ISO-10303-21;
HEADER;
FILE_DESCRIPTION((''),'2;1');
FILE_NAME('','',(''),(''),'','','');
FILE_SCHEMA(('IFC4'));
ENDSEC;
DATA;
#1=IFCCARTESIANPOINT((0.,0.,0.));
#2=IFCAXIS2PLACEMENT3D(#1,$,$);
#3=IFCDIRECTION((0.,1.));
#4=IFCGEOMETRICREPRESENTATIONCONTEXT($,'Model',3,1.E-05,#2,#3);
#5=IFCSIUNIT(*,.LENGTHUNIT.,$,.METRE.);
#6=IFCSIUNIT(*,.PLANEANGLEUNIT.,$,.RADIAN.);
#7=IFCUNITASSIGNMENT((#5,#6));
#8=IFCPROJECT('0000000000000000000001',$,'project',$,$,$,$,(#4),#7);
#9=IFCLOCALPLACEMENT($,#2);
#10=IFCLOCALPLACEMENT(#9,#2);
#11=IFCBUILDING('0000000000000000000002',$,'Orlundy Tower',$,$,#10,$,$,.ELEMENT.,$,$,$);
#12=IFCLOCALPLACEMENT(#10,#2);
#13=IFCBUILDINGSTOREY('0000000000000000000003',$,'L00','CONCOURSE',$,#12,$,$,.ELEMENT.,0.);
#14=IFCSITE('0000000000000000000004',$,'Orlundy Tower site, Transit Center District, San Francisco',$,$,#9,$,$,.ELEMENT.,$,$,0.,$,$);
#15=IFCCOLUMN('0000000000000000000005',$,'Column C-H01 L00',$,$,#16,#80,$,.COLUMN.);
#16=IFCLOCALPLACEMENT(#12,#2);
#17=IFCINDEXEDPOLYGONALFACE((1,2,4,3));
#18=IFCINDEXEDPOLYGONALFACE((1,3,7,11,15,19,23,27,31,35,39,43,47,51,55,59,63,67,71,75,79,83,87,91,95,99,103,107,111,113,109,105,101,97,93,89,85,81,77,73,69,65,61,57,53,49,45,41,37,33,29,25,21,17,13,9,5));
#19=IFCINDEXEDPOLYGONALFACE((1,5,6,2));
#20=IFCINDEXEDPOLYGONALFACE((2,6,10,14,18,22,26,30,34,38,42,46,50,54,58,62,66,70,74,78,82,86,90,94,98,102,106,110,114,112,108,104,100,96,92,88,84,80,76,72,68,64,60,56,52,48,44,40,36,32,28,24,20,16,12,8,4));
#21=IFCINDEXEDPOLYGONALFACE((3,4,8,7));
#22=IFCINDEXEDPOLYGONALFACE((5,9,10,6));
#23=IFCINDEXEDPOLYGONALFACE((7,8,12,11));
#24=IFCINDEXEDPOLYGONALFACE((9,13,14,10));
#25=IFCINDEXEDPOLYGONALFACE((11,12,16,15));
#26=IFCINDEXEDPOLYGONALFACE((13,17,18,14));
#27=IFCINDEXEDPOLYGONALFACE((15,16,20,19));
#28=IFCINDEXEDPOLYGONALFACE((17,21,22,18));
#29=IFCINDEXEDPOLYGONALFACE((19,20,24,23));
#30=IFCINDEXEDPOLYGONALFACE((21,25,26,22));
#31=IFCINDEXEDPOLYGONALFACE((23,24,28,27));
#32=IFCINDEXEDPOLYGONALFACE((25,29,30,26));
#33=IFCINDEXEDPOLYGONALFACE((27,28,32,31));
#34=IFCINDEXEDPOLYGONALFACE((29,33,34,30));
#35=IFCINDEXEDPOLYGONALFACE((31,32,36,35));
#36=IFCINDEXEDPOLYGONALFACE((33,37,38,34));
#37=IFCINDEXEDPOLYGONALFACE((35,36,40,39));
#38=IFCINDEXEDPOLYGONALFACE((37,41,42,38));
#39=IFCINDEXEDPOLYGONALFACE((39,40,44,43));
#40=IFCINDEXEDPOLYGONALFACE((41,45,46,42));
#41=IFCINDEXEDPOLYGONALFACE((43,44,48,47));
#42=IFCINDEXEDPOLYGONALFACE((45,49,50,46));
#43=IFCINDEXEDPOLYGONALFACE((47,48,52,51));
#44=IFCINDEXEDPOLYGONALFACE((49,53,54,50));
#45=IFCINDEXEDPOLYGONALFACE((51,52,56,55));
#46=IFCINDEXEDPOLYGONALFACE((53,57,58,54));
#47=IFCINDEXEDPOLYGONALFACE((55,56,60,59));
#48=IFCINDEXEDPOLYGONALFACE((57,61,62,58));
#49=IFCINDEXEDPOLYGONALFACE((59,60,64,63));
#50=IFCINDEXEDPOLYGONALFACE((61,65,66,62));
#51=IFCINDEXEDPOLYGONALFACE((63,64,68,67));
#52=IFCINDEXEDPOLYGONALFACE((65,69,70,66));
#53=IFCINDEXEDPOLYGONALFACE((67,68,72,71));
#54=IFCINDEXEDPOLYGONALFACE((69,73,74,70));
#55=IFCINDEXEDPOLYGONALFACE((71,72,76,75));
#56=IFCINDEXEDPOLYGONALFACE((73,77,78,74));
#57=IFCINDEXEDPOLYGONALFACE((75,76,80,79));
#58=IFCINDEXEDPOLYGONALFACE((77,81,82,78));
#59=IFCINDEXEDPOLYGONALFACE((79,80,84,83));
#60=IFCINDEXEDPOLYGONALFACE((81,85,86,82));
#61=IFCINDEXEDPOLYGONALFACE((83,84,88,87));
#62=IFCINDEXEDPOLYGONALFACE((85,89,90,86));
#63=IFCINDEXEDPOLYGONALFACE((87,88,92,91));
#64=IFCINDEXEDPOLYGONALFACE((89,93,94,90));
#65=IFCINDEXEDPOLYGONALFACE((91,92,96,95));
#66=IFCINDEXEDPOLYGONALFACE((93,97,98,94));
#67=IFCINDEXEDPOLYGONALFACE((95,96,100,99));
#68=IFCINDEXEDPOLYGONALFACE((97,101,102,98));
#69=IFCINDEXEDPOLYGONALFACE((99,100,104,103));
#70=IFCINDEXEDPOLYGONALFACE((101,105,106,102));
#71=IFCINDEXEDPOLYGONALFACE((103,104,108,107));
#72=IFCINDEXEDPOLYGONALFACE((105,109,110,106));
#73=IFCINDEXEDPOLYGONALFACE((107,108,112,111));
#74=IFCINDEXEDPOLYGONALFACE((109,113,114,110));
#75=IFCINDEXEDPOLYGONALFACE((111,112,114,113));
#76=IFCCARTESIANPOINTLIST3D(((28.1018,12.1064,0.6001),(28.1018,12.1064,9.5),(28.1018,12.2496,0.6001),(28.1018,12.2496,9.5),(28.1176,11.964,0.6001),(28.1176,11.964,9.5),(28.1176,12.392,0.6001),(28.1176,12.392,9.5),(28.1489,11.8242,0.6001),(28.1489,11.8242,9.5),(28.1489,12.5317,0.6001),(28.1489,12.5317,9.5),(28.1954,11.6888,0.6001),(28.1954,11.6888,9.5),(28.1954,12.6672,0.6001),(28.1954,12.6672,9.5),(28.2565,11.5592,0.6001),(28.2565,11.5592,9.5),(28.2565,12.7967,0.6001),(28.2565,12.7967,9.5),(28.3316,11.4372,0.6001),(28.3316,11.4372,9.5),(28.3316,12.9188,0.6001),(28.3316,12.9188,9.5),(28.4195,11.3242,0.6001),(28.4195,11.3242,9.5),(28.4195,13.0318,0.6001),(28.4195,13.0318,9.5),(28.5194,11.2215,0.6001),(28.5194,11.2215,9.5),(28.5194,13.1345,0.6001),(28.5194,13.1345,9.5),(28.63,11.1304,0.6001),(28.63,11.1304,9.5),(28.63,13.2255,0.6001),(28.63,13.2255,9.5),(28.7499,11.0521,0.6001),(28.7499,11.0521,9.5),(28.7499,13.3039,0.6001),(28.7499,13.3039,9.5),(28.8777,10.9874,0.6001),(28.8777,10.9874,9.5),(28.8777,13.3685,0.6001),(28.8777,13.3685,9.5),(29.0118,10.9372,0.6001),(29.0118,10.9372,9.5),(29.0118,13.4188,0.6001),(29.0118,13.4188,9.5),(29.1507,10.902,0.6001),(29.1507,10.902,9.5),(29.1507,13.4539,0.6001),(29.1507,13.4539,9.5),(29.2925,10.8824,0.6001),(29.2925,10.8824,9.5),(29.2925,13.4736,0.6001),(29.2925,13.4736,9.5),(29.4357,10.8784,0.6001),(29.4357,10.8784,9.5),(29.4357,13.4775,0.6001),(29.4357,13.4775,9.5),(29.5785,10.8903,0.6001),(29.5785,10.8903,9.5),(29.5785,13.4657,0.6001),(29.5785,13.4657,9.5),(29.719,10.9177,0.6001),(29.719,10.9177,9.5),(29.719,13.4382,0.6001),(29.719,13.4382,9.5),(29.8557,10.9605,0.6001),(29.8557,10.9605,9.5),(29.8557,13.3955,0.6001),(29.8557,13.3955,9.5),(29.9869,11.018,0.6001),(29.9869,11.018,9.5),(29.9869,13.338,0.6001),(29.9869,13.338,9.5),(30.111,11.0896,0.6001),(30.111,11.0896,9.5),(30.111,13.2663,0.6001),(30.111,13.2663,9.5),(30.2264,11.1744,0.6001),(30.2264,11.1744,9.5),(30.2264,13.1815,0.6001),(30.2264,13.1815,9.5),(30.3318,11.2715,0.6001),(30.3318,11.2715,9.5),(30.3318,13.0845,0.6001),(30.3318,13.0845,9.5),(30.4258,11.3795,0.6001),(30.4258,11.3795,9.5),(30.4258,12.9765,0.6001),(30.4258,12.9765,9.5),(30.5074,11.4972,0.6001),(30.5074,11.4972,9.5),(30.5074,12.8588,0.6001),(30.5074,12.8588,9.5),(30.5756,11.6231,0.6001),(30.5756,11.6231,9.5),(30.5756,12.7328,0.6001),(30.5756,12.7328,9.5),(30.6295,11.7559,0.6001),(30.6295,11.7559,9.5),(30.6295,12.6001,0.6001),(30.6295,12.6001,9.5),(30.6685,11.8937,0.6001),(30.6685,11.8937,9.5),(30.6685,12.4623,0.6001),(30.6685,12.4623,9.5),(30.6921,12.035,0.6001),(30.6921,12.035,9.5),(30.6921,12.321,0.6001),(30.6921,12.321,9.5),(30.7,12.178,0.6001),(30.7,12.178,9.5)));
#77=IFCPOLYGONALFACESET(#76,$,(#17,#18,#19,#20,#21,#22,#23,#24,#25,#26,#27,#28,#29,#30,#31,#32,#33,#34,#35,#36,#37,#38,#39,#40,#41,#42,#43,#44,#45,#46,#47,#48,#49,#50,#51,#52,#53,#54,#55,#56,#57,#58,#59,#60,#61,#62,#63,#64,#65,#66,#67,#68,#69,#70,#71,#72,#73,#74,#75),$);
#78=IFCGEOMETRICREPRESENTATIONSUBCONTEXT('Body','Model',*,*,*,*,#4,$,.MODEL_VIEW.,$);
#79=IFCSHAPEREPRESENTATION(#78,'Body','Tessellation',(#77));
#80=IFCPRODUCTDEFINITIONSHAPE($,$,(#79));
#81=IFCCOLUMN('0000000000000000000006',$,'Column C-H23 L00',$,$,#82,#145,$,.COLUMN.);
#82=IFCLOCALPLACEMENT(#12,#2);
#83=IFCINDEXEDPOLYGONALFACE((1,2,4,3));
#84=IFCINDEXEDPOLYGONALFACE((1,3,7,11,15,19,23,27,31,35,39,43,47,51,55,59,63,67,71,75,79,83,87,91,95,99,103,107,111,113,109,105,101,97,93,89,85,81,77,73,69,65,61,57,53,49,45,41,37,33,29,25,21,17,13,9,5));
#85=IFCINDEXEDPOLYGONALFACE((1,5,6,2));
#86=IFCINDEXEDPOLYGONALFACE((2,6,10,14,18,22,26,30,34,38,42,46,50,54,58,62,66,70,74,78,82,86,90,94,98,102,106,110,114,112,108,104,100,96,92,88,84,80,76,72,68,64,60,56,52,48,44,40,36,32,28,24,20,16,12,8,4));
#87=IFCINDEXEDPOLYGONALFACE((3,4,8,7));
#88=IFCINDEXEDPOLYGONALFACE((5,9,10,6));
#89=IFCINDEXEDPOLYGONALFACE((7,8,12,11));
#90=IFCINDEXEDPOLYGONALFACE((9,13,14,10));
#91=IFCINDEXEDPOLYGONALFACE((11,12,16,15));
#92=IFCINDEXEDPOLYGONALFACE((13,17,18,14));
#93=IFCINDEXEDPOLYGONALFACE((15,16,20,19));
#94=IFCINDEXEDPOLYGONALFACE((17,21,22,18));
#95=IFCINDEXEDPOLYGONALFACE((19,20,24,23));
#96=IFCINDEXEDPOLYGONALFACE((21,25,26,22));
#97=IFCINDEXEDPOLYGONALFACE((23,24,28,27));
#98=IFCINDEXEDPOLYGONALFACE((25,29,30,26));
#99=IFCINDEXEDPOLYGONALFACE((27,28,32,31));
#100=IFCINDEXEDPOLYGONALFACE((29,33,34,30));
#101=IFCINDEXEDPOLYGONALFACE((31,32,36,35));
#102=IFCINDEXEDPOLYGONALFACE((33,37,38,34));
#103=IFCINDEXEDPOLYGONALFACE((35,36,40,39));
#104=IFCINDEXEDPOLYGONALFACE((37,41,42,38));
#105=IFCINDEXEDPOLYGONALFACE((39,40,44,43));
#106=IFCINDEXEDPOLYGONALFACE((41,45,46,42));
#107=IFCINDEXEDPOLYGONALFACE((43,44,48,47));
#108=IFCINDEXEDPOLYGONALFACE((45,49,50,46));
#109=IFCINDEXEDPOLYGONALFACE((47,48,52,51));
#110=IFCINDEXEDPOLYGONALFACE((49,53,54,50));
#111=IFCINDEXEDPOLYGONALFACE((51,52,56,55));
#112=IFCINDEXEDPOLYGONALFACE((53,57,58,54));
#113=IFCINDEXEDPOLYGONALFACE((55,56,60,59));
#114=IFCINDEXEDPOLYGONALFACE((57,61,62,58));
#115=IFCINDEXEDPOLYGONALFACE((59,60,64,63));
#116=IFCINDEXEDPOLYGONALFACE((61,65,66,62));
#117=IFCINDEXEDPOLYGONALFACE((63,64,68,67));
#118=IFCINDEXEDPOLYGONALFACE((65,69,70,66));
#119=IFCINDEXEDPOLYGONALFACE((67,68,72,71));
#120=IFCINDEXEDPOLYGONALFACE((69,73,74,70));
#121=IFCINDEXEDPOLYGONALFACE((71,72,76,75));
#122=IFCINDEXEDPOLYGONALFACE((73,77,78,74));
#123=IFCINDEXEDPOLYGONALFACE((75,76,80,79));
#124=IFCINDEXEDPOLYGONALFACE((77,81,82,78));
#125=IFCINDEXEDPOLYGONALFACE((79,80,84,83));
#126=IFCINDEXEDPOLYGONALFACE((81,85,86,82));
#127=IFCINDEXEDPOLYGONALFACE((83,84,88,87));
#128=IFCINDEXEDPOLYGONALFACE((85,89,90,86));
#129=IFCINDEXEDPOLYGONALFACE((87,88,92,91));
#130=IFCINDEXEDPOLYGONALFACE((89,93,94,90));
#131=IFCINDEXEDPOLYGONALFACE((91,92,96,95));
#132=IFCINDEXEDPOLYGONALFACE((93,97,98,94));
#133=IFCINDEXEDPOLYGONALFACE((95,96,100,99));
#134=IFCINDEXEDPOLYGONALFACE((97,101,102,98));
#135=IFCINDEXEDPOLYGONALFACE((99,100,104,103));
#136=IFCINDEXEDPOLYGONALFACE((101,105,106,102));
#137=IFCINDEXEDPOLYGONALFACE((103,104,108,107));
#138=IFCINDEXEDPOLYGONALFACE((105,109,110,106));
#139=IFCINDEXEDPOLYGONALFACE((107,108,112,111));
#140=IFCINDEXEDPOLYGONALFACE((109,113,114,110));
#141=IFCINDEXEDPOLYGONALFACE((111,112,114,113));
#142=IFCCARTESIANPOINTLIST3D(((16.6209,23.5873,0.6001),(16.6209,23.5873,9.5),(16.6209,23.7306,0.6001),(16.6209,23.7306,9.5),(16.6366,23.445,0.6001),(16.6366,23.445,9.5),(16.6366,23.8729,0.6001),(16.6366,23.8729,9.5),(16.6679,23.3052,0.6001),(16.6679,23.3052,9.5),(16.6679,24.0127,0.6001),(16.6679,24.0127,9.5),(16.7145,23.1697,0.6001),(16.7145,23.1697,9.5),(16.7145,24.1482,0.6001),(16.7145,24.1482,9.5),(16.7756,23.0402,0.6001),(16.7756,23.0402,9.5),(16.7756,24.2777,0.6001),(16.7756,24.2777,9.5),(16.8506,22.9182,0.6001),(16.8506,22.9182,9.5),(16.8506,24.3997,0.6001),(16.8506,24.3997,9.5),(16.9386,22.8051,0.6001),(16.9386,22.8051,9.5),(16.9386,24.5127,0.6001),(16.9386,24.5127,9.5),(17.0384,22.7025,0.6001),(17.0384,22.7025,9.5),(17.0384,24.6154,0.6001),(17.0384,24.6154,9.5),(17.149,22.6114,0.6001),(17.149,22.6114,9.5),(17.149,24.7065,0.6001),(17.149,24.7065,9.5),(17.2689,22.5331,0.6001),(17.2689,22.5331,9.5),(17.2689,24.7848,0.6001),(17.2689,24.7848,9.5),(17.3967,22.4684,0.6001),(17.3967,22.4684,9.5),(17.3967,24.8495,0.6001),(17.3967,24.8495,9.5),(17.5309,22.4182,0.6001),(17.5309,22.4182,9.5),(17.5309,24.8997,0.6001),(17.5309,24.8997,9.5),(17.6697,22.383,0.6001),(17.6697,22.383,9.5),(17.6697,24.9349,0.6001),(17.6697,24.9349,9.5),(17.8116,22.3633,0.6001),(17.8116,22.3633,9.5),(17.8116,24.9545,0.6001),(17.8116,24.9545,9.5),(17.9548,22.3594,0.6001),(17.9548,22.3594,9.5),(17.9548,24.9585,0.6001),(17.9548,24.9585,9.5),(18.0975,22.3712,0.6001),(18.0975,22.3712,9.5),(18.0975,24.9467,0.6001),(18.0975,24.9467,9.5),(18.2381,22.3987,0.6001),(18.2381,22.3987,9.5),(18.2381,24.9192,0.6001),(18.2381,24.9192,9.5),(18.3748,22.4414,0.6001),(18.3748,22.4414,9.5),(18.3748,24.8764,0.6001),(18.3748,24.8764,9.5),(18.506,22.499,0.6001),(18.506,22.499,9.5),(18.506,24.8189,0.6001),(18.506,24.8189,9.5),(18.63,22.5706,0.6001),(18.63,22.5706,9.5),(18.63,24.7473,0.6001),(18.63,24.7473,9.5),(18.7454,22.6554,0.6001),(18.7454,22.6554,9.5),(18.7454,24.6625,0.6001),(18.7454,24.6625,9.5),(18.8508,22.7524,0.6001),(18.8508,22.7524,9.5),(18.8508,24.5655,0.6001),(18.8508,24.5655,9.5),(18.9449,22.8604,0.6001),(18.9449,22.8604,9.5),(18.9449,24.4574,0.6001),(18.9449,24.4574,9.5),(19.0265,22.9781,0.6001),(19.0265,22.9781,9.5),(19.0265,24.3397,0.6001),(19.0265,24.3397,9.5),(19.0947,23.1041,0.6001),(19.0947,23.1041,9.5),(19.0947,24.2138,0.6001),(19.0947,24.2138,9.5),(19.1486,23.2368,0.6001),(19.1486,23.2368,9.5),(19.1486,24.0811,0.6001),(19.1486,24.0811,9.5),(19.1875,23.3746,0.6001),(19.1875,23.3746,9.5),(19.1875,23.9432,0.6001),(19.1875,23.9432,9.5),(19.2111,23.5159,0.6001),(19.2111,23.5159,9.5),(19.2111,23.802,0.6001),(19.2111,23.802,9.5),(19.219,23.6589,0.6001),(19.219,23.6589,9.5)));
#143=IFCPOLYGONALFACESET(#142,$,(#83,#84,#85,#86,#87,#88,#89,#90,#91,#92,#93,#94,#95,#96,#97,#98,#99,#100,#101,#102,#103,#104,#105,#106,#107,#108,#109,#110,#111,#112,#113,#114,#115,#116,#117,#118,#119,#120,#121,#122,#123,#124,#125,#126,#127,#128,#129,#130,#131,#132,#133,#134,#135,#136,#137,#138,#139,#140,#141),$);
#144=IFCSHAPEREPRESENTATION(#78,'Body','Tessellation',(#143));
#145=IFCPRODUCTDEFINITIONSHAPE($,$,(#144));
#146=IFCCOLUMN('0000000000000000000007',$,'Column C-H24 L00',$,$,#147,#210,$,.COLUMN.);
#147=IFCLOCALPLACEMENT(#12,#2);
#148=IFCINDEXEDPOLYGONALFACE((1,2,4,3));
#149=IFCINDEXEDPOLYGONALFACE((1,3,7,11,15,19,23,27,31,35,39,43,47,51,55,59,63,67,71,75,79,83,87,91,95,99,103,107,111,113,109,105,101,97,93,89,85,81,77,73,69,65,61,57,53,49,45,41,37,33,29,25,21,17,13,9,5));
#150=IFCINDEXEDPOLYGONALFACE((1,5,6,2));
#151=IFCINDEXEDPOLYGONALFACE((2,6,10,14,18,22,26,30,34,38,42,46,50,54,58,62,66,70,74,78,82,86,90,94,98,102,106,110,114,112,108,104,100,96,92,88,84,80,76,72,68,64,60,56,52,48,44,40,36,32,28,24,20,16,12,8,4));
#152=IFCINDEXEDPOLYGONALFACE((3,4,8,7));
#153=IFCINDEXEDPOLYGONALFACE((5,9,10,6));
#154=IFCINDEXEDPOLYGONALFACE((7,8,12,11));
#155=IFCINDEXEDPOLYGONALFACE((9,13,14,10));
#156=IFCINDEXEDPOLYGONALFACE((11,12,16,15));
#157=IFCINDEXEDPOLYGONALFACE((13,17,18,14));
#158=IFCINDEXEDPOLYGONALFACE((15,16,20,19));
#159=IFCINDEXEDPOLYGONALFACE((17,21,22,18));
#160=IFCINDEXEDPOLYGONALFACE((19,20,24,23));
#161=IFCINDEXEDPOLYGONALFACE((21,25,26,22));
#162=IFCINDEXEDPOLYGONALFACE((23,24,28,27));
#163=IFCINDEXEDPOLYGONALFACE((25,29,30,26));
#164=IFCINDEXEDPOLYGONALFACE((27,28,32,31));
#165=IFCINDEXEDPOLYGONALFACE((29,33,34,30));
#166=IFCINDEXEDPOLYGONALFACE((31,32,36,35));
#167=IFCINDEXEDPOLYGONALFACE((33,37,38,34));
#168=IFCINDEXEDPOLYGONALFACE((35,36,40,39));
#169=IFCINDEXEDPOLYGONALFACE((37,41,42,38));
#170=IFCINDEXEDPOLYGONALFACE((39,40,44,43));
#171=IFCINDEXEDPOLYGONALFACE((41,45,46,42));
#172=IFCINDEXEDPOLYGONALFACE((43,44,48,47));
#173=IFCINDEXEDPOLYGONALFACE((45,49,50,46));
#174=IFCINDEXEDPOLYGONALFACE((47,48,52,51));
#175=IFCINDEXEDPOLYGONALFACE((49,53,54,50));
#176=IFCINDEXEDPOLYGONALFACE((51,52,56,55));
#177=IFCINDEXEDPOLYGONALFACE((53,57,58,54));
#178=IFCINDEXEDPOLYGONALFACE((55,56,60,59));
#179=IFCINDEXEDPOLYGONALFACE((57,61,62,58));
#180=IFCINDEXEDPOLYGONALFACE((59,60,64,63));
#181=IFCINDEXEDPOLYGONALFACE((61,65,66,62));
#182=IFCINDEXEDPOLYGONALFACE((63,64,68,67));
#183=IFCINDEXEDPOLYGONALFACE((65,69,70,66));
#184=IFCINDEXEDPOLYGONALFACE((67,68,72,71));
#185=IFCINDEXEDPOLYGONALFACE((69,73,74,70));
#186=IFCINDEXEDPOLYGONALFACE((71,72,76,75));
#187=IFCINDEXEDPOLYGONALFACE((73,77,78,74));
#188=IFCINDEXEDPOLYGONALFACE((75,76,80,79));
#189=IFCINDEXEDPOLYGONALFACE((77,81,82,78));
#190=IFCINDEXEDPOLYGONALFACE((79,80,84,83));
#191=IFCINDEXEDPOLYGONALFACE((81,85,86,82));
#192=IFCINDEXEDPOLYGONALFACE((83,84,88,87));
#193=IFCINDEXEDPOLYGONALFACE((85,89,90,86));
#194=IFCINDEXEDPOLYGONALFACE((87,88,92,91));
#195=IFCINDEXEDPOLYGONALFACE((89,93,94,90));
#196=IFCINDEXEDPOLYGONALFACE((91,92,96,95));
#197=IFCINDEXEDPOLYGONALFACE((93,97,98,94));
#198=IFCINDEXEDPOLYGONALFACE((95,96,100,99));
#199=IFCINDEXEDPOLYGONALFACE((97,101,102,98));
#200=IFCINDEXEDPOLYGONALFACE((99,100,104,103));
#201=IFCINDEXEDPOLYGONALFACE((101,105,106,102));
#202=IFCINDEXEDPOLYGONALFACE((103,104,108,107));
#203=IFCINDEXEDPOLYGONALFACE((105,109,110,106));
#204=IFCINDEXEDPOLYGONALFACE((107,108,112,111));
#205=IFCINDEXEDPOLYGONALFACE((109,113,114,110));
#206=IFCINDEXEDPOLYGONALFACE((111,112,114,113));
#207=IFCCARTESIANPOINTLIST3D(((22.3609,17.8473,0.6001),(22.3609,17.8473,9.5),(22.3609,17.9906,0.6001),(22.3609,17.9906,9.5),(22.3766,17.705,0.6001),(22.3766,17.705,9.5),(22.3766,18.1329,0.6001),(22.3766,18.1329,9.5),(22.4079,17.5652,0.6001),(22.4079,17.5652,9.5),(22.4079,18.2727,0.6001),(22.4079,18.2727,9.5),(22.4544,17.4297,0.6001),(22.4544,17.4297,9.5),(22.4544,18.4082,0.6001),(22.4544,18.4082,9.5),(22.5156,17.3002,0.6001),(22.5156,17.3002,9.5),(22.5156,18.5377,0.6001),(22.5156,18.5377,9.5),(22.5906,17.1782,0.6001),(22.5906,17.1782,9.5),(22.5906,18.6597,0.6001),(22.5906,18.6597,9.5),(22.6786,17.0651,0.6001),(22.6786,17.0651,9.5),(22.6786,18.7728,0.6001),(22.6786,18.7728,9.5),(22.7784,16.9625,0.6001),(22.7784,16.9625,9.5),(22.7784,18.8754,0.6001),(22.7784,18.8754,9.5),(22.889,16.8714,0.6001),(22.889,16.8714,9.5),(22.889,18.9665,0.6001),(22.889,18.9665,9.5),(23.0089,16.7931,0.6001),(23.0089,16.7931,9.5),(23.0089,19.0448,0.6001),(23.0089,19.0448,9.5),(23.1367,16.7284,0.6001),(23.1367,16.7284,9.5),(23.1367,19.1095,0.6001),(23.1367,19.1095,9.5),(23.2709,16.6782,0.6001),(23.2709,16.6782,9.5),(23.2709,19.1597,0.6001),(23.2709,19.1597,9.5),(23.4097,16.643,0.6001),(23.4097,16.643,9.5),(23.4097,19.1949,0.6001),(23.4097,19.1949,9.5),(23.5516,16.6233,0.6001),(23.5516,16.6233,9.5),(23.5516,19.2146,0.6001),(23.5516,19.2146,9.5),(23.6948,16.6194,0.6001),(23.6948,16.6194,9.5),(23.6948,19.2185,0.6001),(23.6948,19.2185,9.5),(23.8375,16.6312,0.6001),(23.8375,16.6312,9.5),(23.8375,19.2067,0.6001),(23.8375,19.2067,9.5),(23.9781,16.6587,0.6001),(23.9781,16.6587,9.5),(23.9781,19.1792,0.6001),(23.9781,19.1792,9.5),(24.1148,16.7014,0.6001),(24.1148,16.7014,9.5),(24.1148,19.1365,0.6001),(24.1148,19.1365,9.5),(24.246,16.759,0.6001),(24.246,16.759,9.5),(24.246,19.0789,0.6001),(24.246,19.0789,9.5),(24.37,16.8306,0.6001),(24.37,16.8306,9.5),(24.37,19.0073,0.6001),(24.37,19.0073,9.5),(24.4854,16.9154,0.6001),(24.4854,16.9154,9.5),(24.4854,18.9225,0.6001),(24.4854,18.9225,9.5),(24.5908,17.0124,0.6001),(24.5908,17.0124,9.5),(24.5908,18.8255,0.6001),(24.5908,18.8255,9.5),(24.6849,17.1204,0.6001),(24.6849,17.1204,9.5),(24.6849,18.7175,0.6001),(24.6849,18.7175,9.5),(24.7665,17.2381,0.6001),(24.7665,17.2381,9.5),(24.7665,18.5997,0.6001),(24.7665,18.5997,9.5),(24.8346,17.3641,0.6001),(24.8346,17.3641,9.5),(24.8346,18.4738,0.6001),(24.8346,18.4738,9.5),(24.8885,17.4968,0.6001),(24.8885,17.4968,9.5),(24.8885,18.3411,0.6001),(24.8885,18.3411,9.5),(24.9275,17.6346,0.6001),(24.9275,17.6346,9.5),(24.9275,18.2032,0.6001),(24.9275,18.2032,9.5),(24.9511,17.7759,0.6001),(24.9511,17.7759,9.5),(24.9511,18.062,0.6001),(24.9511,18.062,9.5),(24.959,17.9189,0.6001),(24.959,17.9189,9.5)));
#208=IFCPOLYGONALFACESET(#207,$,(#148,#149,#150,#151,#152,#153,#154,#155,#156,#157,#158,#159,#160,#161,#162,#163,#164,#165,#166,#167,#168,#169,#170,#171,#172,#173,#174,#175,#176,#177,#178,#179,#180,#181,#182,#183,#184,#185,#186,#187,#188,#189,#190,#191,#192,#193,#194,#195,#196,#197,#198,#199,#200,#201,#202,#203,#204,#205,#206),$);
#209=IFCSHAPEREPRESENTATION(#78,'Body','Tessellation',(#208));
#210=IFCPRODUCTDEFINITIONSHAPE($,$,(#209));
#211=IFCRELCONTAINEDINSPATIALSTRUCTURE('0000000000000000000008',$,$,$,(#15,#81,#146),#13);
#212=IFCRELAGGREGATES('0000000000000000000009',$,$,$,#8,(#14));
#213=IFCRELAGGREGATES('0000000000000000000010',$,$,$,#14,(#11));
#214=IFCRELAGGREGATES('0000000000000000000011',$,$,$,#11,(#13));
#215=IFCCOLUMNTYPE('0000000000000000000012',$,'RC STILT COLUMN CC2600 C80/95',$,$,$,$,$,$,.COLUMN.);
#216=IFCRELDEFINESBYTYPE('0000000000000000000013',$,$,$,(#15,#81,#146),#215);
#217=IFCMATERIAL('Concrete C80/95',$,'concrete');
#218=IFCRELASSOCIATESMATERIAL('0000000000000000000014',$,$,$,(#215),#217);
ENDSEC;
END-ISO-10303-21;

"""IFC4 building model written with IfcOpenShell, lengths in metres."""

from ifc_helpers import new_model, si_unit, direction, frame, origin, origin_2d, place, context, subcontext, project, spatial, circle, extrude, material, material_profile, profile_set, type_object, element, save


model = new_model("IFC4")

# Units and contexts
model_context = context("Model", 3, precision=1e-05, world=origin(), true_north=direction((0.0, 1.0)))
body_context = subcontext(model_context, "Body", "Model", "MODEL_VIEW")
ifc_project = project(units=[si_unit("LENGTHUNIT", "METRE"), si_unit("PLANEANGLEUNIT", "RADIAN")], contexts=[model_context])

# Site, building, storey
site_placement = place(None, origin())
site = spatial("IfcSite", under=ifc_project, at=site_placement, Name="Orlundy Tower site, Transit Center District, San Francisco", CompositionType="ELEMENT", RefElevation=0.0)
building_placement = place(site_placement, origin())
building = spatial("IfcBuilding", under=site, at=building_placement, Name="Orlundy Tower", CompositionType="ELEMENT")
storey_placement = place(building_placement, origin())
storey = spatial("IfcBuildingStorey", under=building, at=storey_placement, Name="L00", Description="CONCOURSE", CompositionType="ELEMENT", Elevation=0.0)

# Columns
ifc_material_1 = material(Name="Concrete C80/95", Category="concrete")
ifc_material_profile_1 = material_profile(ifc_material_1, circle(Radius=1.3, at=origin_2d()), Name="CC2600")
ifc_profile_set_1 = profile_set([ifc_material_profile_1], Name="Concrete C80/95")
column_type = type_object("IfcColumnType", Name="RC STILT COLUMN CC2600 C80/95", PredefinedType="COLUMN", material=ifc_profile_set_1)
for number, where, z_axis, x_axis, name in (
    (1, (29.3999, 12.178, 0.6001), (0.0, 0.0, 1.0), (1.0, 0.0, 0.0), "Column C-H01 L00"),
    (2, (17.9189, 23.6589, 0.6001), (0.0, 0.0, 1.0), (1.0, 0.0, 0.0), "Column C-H23 L00"),
    (3, (23.6589, 17.9189, 0.6001), (0.0, 0.0, 1.0), (1.0, 0.0, 0.0), "Column C-H24 L00"),
):
    element("IfcColumn", number, at=place(storey_placement, frame(where, z_axis=z_axis, x_axis=x_axis)), inside=storey, type_object=column_type, Name=name, PredefinedType="COLUMN", context=body_context, shape_type="SweptSolid", body=[
        extrude(circle(Radius=1.3, at=origin_2d()), origin(), (0.0, 0.0, 1.0), 8.8999),
    ])

save(model, "model.ifc")
